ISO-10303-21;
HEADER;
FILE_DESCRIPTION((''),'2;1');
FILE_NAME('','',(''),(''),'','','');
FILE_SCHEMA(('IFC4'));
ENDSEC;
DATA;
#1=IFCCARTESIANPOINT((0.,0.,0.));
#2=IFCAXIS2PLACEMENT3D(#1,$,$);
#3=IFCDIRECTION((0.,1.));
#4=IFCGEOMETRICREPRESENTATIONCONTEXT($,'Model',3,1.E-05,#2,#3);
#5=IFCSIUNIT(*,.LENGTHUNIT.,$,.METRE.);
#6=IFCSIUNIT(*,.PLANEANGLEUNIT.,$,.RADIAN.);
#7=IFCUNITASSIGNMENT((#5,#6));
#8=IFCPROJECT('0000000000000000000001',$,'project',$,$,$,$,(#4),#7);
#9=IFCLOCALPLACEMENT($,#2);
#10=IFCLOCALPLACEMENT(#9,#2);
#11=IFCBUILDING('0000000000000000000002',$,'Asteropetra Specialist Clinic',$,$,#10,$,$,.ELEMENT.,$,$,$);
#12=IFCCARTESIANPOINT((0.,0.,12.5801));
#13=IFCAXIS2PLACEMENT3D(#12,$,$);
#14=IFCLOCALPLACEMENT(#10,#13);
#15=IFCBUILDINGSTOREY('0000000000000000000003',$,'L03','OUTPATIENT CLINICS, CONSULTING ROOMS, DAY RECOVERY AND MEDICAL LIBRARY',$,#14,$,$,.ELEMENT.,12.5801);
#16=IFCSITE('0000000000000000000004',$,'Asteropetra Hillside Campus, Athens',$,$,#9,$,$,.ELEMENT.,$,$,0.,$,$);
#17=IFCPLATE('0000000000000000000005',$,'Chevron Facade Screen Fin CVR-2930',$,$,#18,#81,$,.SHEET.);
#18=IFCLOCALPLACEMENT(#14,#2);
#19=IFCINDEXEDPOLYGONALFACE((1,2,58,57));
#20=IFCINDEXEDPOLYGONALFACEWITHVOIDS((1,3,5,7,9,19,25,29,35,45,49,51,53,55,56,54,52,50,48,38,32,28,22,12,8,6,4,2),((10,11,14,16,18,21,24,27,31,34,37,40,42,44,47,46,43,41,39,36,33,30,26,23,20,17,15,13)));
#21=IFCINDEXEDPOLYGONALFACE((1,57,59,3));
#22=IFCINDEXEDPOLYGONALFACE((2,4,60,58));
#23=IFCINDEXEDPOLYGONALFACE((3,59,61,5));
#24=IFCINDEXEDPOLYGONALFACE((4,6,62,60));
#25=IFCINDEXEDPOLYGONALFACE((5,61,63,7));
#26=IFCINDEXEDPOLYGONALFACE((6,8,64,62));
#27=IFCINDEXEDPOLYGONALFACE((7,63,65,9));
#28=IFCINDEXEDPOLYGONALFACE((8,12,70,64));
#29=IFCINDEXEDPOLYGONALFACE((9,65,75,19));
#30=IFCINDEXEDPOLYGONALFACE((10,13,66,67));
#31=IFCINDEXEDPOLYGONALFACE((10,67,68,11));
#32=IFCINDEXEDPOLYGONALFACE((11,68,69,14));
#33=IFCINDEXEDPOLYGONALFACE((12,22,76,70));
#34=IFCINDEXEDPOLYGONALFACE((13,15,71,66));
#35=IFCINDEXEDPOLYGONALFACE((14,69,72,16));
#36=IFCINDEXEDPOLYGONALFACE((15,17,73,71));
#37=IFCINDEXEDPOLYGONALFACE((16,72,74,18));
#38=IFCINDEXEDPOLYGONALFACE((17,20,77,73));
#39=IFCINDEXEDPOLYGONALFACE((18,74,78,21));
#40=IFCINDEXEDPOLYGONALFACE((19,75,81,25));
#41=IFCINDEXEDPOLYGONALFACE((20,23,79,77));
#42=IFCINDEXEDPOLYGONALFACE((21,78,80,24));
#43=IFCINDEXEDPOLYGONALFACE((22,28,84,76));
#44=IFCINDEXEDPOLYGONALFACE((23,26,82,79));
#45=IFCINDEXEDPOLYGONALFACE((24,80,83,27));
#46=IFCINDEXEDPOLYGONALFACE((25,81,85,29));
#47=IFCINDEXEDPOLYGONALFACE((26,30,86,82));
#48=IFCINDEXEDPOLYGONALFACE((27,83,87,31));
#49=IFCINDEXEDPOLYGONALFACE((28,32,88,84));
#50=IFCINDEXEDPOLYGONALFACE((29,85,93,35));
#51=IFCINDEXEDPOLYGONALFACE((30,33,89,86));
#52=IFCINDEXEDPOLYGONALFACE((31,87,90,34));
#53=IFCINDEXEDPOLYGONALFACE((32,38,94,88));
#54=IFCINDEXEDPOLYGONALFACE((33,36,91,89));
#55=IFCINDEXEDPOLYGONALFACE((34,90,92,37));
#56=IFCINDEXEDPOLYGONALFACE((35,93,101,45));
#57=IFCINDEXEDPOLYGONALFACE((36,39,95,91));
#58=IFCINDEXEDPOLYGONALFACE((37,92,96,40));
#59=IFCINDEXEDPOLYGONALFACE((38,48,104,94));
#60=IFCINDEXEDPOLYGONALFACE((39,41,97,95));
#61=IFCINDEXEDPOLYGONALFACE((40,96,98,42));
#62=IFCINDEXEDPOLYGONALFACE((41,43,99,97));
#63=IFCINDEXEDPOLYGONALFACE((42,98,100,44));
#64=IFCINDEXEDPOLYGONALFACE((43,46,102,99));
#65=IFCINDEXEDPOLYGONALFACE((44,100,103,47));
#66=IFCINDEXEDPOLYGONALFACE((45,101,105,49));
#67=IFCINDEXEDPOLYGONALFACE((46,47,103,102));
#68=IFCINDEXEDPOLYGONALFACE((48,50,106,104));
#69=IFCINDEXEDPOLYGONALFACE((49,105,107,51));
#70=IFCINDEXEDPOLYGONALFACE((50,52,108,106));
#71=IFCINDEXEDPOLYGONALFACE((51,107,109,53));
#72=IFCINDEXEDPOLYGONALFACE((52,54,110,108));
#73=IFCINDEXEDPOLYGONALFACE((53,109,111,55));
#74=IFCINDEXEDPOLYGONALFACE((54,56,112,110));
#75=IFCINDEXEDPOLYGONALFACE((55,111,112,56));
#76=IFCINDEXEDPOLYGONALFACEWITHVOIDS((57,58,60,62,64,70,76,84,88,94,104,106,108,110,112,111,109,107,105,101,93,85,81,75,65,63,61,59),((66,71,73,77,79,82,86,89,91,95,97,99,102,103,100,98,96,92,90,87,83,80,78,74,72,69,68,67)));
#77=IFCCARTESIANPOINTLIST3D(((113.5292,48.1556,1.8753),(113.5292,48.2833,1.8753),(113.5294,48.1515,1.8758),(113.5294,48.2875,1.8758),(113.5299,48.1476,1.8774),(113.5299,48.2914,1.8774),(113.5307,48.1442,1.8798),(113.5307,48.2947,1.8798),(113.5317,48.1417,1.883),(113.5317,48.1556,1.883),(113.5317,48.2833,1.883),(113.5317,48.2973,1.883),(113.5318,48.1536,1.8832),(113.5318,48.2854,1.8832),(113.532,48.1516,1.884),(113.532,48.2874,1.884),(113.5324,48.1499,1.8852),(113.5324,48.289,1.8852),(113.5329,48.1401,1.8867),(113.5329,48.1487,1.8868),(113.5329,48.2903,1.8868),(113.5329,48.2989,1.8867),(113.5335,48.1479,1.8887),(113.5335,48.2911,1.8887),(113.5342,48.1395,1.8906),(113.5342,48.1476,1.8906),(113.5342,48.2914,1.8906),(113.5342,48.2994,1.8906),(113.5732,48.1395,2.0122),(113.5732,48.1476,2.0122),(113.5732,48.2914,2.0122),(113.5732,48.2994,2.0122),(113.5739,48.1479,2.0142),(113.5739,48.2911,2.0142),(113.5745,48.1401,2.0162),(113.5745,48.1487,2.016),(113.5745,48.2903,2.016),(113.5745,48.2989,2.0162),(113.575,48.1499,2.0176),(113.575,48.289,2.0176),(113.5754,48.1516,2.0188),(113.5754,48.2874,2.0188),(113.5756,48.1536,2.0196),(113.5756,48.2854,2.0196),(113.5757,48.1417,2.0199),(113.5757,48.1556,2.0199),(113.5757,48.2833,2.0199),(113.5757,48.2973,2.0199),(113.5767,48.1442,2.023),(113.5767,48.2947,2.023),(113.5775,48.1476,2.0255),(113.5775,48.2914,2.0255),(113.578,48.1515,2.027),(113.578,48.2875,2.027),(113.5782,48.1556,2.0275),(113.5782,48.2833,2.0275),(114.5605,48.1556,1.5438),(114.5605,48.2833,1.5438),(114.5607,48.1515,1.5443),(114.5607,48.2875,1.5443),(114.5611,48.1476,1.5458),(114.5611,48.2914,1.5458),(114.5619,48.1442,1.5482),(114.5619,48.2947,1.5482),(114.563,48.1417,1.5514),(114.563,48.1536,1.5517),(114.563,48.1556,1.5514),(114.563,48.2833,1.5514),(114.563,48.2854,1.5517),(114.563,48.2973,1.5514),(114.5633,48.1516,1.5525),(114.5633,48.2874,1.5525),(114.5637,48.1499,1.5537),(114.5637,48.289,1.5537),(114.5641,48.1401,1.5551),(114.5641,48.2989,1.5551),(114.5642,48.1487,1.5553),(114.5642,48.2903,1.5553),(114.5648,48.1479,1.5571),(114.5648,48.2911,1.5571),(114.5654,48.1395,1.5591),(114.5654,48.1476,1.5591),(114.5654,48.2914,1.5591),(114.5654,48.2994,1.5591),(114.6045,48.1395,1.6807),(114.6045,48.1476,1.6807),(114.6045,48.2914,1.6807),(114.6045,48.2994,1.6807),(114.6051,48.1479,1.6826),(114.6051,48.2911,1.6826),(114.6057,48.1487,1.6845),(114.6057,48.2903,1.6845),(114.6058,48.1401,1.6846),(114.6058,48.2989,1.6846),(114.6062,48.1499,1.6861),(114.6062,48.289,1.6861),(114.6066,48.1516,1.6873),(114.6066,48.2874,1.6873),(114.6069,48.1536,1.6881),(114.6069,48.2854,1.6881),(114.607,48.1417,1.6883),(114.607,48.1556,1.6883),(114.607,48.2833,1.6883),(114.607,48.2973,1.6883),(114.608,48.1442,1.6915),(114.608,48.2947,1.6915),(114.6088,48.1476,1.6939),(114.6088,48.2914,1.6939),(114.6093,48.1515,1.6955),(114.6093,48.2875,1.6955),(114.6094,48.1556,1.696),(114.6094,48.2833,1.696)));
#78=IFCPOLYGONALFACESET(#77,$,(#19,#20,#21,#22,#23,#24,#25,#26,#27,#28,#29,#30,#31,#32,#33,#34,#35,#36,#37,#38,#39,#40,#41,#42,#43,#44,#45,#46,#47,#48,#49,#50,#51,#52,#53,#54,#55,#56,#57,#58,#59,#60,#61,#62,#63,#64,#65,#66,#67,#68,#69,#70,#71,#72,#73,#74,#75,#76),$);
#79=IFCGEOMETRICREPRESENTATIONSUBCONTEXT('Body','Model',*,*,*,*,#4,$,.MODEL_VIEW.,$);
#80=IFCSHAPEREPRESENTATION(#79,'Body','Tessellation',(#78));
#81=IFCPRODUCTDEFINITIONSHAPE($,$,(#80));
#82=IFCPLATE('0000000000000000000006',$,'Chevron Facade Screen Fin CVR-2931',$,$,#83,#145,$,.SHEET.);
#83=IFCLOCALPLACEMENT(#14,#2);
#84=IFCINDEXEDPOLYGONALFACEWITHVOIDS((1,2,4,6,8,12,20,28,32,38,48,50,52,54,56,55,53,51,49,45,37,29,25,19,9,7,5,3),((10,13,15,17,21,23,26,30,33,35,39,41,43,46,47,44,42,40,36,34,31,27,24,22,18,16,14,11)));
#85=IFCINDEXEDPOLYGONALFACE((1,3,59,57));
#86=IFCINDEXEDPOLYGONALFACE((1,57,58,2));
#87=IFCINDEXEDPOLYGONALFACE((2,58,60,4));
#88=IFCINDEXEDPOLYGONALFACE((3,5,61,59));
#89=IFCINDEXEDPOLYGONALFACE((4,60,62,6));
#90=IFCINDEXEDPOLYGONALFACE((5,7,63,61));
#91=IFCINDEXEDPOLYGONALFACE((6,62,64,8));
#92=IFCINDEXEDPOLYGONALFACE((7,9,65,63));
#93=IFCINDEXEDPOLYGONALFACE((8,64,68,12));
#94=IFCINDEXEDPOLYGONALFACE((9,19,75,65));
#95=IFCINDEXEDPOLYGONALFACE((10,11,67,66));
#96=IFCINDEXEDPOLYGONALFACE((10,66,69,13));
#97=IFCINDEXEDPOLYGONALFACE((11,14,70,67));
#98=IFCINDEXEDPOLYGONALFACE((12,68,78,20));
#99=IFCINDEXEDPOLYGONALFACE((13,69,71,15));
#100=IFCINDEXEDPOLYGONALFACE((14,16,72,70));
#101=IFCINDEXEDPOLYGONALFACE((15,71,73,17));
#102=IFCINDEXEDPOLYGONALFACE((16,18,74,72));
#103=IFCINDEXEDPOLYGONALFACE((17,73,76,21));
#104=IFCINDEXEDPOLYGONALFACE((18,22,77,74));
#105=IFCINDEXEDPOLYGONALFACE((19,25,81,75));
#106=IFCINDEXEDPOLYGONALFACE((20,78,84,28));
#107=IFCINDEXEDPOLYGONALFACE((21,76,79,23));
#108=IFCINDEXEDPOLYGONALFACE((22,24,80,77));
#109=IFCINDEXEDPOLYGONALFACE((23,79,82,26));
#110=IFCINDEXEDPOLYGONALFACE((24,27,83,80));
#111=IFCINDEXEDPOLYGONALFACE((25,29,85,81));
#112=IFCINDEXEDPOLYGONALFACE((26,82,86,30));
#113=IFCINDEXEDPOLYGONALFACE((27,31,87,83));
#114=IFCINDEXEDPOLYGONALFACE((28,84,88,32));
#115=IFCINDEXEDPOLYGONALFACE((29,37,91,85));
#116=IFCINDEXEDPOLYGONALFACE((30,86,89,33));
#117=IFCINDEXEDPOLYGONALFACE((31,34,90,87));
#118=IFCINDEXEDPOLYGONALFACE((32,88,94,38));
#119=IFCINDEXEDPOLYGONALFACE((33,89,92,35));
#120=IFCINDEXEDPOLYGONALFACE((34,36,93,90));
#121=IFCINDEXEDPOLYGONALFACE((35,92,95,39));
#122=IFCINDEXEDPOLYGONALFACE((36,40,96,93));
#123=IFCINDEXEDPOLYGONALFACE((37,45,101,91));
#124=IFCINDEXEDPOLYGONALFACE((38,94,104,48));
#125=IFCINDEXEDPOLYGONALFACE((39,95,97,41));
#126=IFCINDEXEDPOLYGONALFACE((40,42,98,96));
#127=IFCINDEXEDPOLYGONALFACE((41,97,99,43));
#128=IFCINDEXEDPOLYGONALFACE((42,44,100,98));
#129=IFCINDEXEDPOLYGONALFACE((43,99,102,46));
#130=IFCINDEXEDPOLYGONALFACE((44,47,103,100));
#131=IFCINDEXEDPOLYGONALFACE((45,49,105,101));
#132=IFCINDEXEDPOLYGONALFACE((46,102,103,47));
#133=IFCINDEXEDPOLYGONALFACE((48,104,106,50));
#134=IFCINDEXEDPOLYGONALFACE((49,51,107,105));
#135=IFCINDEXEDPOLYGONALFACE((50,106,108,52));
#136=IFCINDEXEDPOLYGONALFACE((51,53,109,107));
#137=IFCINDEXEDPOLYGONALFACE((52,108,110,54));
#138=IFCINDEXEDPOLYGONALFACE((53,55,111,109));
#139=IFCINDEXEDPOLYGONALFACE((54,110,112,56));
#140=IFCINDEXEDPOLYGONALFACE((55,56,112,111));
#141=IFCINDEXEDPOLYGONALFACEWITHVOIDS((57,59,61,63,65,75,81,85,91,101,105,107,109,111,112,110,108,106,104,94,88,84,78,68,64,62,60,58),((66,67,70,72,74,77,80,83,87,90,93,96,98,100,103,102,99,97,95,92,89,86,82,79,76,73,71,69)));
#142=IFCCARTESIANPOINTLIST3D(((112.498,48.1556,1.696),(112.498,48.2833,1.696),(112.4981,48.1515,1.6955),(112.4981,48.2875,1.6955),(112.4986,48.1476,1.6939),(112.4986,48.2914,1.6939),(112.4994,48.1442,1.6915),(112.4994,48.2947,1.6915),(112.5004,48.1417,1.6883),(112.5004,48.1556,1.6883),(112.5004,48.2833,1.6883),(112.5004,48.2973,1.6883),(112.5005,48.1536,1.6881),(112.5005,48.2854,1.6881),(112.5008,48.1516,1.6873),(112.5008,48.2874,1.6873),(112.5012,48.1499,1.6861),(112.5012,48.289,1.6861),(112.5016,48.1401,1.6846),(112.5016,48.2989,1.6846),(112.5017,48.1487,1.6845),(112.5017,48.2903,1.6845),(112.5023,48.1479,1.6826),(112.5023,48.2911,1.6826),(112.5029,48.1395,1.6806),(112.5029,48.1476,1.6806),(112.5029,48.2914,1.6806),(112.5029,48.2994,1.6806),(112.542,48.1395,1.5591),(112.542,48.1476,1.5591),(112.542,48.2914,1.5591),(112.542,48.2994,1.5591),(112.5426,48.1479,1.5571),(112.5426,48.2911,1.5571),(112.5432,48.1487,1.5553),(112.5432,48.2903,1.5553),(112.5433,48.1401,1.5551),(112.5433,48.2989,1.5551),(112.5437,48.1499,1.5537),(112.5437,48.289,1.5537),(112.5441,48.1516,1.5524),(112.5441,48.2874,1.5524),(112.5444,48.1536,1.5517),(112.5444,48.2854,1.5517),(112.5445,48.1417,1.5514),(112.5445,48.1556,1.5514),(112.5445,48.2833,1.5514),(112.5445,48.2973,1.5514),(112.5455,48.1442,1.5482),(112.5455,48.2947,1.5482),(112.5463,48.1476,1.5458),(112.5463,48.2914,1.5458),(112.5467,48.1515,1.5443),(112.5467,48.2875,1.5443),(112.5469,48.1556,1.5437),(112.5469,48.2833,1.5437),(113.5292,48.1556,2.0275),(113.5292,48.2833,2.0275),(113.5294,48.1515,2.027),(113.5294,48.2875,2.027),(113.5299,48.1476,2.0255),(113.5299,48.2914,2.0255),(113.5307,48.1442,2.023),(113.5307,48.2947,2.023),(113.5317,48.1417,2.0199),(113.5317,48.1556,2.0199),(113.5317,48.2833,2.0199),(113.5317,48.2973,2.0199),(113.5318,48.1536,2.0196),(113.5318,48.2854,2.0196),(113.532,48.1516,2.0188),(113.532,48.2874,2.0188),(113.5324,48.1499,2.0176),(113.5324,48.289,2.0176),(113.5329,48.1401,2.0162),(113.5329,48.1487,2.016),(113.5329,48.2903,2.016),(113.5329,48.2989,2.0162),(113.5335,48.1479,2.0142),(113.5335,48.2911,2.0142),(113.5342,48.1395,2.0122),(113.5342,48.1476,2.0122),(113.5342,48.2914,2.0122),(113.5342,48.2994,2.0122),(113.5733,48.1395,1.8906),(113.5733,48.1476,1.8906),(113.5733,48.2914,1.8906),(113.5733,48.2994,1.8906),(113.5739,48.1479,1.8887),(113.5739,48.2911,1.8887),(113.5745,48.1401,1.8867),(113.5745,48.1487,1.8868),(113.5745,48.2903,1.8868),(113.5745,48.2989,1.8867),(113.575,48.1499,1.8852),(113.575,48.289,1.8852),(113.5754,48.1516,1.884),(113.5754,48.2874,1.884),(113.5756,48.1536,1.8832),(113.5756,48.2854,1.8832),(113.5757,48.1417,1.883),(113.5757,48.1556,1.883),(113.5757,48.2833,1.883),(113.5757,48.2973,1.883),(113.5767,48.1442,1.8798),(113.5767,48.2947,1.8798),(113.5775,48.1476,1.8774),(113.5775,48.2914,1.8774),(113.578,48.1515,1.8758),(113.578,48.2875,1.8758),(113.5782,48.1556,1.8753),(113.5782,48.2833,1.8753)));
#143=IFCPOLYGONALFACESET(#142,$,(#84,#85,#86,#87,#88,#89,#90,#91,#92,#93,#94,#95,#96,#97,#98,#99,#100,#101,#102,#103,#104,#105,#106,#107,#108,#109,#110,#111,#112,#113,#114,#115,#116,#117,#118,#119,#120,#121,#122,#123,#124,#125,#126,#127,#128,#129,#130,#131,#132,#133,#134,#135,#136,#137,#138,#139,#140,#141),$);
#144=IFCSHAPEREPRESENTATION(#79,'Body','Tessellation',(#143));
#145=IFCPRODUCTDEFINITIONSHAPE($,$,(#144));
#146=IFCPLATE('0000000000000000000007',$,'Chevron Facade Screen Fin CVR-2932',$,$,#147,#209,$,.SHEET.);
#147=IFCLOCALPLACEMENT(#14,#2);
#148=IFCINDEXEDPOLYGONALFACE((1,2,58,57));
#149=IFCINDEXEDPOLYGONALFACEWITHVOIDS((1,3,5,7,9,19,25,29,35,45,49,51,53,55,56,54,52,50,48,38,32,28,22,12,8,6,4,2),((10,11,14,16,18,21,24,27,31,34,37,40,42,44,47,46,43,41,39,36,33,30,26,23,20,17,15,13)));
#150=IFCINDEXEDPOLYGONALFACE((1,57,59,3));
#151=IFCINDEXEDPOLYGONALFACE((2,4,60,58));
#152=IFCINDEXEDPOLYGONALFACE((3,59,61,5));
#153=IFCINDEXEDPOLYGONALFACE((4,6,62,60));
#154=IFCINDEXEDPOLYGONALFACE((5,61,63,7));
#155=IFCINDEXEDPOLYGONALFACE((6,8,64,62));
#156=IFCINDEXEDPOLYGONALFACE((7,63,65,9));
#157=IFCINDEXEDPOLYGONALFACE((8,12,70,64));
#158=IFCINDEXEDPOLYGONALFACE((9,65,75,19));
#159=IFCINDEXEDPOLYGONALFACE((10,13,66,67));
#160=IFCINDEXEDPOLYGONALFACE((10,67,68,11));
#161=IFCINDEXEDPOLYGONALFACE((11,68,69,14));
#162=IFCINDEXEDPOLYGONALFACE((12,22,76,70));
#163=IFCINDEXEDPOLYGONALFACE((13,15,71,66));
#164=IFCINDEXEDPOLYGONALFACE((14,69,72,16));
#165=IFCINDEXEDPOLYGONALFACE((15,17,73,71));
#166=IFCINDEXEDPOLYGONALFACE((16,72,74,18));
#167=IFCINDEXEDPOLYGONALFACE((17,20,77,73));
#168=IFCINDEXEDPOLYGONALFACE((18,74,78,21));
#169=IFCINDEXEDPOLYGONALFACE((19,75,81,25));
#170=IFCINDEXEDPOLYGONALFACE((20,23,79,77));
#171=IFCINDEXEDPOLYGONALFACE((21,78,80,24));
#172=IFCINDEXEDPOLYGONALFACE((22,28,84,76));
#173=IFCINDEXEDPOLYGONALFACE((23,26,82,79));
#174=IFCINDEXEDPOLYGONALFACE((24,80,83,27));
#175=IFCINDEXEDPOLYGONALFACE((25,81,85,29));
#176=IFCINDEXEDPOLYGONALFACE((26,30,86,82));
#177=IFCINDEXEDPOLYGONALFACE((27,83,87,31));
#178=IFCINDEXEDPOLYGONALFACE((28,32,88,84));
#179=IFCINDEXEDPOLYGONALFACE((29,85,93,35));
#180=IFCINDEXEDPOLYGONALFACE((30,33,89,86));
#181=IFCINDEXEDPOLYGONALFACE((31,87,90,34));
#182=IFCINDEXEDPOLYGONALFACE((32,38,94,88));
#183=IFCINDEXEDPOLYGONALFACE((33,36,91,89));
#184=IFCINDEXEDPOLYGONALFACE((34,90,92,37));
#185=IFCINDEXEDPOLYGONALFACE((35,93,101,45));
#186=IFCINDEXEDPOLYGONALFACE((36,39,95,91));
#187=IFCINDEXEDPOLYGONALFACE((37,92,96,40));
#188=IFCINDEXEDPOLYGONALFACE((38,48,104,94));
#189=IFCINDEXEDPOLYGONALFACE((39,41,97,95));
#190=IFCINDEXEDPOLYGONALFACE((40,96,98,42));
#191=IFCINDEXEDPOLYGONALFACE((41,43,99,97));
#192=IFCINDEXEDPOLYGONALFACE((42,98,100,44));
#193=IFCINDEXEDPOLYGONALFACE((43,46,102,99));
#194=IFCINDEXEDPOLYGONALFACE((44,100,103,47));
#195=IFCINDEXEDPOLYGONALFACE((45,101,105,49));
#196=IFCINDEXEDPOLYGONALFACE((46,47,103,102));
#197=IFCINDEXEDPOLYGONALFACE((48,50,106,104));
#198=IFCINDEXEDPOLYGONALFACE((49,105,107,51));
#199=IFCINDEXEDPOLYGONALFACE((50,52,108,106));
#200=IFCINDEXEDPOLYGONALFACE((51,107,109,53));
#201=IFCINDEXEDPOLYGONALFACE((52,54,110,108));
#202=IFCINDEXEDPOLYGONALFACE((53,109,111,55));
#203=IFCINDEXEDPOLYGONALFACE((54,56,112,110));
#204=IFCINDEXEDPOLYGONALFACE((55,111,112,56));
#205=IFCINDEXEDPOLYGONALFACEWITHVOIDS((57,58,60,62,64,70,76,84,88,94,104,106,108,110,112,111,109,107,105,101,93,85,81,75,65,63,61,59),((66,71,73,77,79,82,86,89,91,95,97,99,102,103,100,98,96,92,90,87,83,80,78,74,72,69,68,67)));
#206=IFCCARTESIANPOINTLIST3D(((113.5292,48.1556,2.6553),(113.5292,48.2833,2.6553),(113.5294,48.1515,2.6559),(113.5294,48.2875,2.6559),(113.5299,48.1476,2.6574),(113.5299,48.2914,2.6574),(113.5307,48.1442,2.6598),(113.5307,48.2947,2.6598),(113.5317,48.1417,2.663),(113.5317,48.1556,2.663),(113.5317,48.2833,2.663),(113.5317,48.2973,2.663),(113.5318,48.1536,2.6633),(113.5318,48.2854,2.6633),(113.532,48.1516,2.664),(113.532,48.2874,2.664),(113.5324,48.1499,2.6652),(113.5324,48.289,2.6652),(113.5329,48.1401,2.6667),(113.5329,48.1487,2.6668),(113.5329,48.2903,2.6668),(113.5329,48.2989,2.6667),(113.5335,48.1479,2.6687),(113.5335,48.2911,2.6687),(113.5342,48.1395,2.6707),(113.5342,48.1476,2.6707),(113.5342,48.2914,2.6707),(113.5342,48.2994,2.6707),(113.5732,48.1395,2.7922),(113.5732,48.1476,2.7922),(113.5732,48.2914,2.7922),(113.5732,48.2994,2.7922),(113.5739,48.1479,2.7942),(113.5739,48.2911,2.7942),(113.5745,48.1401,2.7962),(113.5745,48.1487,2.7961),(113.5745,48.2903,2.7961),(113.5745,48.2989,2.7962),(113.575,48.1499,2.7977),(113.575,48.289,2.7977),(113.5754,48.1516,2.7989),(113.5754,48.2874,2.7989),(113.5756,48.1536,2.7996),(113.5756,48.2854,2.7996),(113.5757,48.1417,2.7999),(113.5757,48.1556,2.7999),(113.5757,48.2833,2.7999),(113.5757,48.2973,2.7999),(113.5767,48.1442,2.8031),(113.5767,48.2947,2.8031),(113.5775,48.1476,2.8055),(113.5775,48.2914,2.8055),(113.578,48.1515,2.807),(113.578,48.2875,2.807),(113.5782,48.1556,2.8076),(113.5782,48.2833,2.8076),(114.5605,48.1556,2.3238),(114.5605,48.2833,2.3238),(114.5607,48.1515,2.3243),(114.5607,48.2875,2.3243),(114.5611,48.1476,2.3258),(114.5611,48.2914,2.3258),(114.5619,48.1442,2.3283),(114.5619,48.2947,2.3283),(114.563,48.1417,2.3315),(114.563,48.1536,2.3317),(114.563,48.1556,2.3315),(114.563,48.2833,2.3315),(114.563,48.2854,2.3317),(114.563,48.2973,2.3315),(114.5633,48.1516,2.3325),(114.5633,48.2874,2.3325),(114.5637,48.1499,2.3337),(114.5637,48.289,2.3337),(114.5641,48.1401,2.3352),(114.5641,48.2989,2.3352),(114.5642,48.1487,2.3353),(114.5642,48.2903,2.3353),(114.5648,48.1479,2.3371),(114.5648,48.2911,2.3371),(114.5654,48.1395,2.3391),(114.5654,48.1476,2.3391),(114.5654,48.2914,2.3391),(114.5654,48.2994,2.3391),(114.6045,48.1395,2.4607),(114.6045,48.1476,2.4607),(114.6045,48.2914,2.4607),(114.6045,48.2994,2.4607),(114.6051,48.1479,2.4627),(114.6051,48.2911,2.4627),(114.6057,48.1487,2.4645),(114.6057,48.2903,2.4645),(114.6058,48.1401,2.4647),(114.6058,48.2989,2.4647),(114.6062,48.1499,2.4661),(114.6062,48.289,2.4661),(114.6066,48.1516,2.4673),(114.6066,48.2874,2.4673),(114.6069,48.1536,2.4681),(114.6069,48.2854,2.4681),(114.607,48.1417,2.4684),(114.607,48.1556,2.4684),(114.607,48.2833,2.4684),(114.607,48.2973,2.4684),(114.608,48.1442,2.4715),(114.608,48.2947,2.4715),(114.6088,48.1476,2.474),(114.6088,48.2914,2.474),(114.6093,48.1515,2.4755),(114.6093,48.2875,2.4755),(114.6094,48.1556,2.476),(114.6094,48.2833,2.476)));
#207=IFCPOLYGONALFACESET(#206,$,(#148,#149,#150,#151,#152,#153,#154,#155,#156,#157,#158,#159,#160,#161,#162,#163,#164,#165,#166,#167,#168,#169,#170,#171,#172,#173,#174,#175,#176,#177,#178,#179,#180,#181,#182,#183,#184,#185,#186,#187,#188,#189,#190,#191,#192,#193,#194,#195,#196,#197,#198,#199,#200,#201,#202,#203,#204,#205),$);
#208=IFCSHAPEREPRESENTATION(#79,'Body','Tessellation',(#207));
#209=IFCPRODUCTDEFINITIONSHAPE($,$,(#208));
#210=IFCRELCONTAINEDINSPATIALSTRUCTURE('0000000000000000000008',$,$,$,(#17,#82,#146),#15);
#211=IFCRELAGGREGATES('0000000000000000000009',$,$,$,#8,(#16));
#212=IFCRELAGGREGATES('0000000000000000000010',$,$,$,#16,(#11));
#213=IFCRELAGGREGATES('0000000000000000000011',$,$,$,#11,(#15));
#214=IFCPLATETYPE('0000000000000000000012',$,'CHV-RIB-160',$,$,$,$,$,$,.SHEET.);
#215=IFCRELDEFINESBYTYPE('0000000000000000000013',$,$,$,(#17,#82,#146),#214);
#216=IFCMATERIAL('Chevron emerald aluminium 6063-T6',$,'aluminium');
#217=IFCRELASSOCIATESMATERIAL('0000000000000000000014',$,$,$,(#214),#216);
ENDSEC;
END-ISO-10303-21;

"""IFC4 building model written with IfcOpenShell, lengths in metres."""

from ifc_helpers import new_model, si_unit, direction, frame, origin, origin_2d, place, context, subcontext, project, spatial, hollow_rectangle, extrude, material, material_profile, profile_set, type_object, element, save


model = new_model("IFC4")

# Units and contexts
model_context = context("Model", 3, precision=1e-05, world=origin(), true_north=direction((0.0, 1.0)))
body_context = subcontext(model_context, "Body", "Model", "MODEL_VIEW")
ifc_project = project(units=[si_unit("LENGTHUNIT", "METRE"), si_unit("PLANEANGLEUNIT", "RADIAN")], contexts=[model_context])

# Site, building, storey
site_placement = place(None, origin())
site = spatial("IfcSite", under=ifc_project, at=site_placement, Name="Asteropetra Hillside Campus, Athens", CompositionType="ELEMENT", RefElevation=0.0)
building_placement = place(site_placement, origin())
building = spatial("IfcBuilding", under=site, at=building_placement, Name="Asteropetra Specialist Clinic", CompositionType="ELEMENT")
storey_placement = place(building_placement, frame((0.0, 0.0, 12.5801)))
storey = spatial("IfcBuildingStorey", under=building, at=storey_placement, Name="L03", Description="OUTPATIENT CLINICS, CONSULTING ROOMS, DAY RECOVERY AND MEDICAL LIBRARY", CompositionType="ELEMENT", Elevation=12.5801)

# Plates
ifc_material_1 = material(Name="Chevron emerald aluminium 6063-T6", Category="aluminium")
ifc_material_profile_1 = material_profile(ifc_material_1, hollow_rectangle(XDim=0.1599, YDim=0.1599, WallThickness=0.0081, InnerFilletRadius=0.0081, OuterFilletRadius=0.0161, at=origin_2d()), Name="SHS 160x160x8.0")
ifc_profile_set_1 = profile_set([ifc_material_profile_1], Name="Chevron emerald aluminium 6063-T6")
plate_type = type_object("IfcPlateType", Name="CHV-RIB-160", PredefinedType="SHEET", material=ifc_profile_set_1)
for number, where, z_axis, x_axis, name in (
    (1, (114.585, 48.2195, 1.6199), (-0.95201, 0.0, 0.306068), (0.0, -1.0, 0.0), "Chevron Facade Screen Fin CVR-2930"),
    (2, (113.5537, 48.2195, 1.9514), (-0.95201, 0.0, -0.306068), (0.0, -1.0, 0.0), "Chevron Facade Screen Fin CVR-2931"),
    (3, (114.585, 48.2195, 2.3999), (-0.95201, 0.0, 0.306068), (0.0, -1.0, 0.0), "Chevron Facade Screen Fin CVR-2932"),
):
    element("IfcPlate", number, at=place(storey_placement, frame(where, z_axis=z_axis, x_axis=x_axis)), inside=storey, type_object=plate_type, Name=name, PredefinedType="SHEET", context=body_context, shape_type="SweptSolid", body=[
        extrude(hollow_rectangle(XDim=0.1599, YDim=0.1599, WallThickness=0.0081, InnerFilletRadius=0.0081, OuterFilletRadius=0.0161, at=origin_2d()), origin(), (0.0, 0.0, 1.0), 1.0833),
    ])

save(model, "model.ifc")
